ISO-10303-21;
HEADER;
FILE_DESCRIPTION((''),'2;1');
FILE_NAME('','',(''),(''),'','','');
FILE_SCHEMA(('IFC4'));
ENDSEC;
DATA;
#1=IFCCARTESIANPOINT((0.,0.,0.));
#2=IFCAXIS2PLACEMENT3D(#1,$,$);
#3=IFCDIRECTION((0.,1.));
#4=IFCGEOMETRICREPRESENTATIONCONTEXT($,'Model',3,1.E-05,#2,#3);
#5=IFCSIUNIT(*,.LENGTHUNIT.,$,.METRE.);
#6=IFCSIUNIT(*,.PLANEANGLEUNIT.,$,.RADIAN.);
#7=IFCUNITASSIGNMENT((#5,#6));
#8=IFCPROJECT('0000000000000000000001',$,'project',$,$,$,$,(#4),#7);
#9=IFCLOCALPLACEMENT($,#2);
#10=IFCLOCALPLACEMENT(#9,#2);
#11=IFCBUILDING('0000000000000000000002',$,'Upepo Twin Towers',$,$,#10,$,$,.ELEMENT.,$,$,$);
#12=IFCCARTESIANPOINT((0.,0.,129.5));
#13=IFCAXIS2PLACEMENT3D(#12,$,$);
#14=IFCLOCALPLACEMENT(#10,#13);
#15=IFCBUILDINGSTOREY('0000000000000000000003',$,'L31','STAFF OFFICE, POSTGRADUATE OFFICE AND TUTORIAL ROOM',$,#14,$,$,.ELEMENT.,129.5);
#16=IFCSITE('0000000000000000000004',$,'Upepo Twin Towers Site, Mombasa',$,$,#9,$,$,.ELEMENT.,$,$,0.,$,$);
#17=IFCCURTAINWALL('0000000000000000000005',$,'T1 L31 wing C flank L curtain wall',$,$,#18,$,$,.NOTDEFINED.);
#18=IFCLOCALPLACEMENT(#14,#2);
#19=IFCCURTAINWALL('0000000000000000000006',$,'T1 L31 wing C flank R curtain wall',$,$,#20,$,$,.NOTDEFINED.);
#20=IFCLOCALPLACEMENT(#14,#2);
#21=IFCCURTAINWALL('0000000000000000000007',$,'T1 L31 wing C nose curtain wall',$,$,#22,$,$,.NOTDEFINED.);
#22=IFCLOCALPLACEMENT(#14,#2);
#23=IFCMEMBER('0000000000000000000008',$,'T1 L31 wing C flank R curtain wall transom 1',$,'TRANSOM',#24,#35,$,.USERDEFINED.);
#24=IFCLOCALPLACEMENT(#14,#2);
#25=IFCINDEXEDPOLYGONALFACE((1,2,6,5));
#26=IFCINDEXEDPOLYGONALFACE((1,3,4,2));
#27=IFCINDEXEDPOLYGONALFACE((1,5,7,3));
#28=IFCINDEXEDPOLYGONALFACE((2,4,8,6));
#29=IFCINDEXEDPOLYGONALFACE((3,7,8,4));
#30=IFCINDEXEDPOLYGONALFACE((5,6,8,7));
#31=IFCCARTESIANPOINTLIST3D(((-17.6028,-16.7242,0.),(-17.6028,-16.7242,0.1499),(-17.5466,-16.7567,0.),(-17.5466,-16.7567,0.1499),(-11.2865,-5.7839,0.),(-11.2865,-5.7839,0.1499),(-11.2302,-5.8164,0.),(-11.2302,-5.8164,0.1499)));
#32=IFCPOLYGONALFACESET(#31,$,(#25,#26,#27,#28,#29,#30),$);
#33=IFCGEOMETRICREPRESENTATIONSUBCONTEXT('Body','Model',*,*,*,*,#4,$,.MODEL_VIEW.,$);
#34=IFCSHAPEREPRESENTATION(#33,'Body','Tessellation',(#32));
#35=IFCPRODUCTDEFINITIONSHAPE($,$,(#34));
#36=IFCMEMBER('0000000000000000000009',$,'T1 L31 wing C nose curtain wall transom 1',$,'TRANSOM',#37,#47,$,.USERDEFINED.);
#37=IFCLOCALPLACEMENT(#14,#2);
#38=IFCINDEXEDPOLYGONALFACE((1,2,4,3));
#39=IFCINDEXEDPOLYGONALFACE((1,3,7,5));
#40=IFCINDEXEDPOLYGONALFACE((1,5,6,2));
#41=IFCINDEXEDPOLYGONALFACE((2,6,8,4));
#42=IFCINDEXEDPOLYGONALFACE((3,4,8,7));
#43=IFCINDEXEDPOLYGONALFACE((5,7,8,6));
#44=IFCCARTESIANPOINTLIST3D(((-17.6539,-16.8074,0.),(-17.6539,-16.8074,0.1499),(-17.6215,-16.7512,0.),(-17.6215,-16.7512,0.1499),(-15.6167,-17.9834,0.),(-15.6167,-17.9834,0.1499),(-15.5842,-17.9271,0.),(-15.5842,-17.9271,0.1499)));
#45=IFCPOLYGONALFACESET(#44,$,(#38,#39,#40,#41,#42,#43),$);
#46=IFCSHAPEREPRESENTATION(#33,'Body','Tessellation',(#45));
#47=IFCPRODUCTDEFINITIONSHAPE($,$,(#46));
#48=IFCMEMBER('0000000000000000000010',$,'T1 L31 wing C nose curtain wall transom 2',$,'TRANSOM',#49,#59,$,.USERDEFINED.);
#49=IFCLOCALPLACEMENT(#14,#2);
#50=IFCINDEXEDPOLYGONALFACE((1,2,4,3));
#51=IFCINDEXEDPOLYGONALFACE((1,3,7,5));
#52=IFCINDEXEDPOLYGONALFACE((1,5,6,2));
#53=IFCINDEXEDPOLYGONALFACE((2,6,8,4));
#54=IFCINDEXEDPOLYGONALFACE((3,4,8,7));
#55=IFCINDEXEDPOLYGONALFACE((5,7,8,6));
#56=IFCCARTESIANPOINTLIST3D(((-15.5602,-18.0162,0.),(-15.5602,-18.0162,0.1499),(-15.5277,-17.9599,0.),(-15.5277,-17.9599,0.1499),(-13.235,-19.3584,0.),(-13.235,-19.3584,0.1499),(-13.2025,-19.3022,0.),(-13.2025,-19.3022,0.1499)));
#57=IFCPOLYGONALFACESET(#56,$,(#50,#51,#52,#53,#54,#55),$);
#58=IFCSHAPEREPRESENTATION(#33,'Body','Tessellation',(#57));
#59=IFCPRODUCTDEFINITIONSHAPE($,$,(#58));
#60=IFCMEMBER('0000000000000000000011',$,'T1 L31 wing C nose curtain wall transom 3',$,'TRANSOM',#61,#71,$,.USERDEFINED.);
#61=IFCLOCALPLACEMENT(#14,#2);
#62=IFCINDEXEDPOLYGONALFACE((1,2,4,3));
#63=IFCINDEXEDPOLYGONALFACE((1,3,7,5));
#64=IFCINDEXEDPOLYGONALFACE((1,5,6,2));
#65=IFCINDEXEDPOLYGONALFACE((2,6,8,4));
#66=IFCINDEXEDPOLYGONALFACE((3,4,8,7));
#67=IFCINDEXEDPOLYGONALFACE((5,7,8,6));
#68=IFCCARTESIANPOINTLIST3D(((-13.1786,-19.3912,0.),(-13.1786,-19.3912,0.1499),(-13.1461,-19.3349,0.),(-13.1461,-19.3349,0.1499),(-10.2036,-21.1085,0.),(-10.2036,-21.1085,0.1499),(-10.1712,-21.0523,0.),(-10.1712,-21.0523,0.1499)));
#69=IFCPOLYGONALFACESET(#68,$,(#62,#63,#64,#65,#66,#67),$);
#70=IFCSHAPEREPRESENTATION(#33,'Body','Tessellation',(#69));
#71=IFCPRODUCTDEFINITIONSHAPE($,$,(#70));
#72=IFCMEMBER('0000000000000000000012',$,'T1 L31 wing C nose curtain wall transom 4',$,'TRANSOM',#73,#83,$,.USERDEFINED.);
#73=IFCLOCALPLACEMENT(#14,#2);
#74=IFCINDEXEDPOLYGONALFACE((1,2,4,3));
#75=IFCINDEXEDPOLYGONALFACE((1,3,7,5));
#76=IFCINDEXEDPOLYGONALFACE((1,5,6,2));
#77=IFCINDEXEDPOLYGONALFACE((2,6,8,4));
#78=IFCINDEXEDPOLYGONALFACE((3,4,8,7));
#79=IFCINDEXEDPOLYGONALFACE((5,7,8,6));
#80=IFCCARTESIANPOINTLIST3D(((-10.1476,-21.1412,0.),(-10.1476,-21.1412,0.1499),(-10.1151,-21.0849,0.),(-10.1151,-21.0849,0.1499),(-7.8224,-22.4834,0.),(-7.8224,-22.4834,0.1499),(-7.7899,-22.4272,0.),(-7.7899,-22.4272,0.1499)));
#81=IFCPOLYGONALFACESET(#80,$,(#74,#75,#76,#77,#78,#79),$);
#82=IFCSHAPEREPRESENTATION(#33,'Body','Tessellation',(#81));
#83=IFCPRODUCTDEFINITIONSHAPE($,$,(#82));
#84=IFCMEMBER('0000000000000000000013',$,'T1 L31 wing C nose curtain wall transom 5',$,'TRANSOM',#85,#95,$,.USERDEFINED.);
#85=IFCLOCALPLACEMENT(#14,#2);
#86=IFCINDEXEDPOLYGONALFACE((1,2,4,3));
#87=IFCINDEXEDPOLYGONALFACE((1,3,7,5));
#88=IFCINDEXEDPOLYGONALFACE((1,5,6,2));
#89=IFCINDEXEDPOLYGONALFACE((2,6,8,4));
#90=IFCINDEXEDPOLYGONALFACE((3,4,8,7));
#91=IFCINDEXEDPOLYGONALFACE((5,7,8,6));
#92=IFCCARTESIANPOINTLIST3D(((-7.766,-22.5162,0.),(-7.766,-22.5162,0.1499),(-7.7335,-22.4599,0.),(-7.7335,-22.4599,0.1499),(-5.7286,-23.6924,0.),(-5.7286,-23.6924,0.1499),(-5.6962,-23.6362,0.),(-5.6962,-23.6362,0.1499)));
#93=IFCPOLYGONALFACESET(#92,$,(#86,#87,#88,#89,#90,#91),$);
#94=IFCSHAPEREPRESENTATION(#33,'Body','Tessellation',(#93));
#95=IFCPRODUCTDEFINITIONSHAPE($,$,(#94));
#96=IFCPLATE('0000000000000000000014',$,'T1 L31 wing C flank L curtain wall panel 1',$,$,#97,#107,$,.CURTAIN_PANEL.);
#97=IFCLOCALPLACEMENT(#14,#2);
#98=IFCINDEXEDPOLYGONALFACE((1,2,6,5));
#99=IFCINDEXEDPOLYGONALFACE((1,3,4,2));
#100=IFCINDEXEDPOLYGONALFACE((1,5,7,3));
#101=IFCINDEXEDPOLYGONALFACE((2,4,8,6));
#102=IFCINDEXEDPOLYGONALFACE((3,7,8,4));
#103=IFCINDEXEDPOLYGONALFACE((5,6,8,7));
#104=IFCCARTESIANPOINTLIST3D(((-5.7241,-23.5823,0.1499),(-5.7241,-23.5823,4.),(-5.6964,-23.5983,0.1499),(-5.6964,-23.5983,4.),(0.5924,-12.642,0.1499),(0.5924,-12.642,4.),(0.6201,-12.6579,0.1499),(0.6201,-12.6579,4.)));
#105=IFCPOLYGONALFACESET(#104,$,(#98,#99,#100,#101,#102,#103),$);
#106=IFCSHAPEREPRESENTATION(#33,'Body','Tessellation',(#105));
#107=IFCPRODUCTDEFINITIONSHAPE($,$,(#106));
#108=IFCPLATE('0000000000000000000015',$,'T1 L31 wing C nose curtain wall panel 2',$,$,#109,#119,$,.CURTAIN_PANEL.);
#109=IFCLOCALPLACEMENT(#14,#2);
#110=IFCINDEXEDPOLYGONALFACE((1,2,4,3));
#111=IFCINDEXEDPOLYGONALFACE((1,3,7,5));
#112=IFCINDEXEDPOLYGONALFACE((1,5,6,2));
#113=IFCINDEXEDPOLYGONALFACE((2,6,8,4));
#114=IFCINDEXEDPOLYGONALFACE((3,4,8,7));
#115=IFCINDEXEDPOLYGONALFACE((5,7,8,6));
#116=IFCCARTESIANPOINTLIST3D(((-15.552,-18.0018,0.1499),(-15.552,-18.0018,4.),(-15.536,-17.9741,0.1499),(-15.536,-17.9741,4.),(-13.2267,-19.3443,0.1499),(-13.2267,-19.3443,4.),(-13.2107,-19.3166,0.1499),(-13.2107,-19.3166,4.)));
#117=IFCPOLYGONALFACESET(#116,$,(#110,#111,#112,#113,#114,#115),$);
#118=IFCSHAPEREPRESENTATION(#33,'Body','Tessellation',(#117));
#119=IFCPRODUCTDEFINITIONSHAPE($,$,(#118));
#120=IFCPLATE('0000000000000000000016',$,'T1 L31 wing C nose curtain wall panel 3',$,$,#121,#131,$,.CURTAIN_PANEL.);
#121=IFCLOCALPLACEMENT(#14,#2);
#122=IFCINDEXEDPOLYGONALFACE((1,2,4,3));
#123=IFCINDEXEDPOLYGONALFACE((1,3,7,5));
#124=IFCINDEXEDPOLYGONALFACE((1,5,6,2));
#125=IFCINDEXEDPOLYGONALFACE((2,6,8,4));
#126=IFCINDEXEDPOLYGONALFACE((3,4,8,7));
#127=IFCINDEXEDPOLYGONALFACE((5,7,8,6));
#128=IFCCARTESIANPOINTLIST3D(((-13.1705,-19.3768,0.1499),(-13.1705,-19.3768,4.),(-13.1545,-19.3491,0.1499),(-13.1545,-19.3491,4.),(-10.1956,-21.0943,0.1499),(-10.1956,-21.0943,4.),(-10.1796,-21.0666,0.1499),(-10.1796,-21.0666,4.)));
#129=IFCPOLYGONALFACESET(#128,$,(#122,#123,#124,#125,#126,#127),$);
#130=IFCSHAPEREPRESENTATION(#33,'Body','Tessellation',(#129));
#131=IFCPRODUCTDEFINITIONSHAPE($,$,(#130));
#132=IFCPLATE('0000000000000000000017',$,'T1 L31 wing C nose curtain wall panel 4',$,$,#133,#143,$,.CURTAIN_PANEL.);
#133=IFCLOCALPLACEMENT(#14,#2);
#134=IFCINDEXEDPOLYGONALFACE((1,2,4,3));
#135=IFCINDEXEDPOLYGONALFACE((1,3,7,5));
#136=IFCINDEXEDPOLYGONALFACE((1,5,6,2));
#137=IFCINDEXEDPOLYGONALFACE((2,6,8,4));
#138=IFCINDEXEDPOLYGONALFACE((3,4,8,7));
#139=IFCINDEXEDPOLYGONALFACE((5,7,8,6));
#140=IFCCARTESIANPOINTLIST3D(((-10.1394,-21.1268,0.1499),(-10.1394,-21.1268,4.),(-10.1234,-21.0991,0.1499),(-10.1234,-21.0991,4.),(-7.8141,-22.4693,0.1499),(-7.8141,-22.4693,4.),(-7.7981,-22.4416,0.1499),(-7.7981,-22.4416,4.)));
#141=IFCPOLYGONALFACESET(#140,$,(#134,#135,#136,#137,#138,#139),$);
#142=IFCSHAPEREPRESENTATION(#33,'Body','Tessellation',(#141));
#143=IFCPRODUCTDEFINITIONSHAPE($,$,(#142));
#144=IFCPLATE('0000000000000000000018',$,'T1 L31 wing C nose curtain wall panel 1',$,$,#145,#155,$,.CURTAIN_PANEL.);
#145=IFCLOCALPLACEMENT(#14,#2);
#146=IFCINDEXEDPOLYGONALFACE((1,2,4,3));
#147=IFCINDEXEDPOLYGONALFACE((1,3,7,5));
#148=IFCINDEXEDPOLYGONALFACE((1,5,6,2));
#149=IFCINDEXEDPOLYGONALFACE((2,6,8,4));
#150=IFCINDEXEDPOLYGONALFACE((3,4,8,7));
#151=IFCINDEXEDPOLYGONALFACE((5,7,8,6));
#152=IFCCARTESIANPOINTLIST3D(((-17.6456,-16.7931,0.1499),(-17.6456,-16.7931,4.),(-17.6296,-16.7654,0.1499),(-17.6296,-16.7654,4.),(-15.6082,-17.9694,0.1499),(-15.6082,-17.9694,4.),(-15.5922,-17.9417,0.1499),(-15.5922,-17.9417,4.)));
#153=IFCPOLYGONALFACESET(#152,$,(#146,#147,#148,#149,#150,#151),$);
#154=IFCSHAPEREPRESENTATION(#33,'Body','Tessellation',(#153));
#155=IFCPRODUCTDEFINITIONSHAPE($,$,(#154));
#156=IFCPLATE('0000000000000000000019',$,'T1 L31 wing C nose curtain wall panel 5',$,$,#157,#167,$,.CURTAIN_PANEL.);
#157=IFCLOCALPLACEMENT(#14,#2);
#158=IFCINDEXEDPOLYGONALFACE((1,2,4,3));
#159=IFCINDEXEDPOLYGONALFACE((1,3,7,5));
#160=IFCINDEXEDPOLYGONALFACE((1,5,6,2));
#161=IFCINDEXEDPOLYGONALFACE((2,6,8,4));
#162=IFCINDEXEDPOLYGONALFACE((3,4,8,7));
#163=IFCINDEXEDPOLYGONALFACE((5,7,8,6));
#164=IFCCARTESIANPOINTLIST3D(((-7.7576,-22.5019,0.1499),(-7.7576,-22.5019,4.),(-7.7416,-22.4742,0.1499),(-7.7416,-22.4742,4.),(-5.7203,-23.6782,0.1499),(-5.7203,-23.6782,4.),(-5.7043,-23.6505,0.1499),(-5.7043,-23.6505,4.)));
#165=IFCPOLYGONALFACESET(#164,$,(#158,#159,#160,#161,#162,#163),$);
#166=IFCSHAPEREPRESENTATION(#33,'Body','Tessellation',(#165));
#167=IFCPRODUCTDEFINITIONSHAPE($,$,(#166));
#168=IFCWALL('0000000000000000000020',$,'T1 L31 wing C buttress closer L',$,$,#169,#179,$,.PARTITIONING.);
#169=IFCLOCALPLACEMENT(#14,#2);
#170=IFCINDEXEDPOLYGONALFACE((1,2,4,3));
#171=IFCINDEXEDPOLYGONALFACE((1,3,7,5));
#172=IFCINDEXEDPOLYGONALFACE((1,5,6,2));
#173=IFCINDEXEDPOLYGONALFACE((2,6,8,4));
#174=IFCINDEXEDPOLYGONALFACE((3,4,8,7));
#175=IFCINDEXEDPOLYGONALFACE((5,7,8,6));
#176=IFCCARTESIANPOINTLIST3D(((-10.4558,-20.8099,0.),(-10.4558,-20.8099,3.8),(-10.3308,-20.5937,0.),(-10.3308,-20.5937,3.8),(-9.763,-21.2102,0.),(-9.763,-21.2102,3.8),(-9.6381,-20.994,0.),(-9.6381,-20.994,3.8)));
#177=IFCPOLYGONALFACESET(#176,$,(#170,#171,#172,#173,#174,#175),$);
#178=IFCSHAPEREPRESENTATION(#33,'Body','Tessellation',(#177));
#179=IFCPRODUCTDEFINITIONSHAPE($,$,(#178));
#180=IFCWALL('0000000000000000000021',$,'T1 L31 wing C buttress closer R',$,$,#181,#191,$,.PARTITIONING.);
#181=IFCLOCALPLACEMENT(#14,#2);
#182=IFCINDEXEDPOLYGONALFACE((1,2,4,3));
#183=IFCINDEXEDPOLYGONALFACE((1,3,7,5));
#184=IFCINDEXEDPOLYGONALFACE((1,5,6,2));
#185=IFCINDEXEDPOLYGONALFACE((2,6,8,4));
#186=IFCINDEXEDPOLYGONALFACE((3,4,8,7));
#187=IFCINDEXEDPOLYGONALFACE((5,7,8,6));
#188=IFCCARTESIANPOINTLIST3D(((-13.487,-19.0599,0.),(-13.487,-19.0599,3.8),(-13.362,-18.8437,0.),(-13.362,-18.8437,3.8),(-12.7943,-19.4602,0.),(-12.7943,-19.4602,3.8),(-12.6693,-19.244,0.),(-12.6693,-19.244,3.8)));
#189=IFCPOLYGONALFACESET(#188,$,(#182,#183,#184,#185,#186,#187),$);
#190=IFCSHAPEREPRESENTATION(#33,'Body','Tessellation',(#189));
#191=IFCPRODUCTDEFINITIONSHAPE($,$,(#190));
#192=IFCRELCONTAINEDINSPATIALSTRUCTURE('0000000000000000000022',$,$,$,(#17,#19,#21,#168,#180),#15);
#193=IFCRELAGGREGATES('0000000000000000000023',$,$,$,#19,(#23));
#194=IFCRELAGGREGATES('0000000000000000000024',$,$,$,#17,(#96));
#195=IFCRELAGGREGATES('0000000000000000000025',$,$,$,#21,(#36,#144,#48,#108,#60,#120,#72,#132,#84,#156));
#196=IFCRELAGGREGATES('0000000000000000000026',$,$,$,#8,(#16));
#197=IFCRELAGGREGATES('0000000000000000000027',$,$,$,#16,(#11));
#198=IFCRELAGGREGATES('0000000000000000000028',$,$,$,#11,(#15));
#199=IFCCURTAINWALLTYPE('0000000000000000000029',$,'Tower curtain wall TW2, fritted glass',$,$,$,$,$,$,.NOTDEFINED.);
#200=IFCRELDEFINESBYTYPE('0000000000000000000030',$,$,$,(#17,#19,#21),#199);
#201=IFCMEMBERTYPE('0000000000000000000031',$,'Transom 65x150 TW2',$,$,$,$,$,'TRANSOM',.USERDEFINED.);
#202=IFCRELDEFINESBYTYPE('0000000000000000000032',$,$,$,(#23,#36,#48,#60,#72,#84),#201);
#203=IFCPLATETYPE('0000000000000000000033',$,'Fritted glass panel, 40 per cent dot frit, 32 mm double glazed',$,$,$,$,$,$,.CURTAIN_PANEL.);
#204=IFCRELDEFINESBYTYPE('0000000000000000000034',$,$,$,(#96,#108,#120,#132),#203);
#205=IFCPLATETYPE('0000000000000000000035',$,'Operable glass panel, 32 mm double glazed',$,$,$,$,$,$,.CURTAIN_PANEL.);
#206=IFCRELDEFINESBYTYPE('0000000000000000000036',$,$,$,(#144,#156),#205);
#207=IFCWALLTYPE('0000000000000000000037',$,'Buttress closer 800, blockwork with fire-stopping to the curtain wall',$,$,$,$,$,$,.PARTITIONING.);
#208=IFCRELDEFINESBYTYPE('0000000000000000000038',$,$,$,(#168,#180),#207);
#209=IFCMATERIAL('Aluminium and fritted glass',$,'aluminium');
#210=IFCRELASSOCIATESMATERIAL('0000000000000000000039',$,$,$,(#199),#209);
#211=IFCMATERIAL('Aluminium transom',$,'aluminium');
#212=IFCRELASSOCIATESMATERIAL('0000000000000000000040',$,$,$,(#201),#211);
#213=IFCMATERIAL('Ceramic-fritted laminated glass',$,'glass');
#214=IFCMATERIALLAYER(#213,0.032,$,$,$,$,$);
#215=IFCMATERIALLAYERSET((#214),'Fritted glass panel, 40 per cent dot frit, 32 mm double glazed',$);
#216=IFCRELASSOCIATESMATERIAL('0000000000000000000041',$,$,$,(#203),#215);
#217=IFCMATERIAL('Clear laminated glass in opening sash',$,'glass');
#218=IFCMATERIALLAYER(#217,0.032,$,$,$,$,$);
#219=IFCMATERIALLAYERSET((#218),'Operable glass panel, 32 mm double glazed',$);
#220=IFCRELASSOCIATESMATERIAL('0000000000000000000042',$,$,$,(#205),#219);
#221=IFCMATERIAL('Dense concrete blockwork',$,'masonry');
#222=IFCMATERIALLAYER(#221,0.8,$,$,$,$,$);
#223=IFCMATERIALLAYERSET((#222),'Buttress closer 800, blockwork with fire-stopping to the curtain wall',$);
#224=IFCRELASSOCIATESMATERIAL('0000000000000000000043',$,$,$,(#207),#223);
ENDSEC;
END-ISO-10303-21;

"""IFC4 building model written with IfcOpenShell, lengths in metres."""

from ifc_helpers import new_model, si_unit, direction, frame, frame_2d, origin, origin_2d, place, context, subcontext, project, spatial, rectangle, extrude, material, layer, layer_set, material_profile, profile_set, type_object, element, aggregate, save


model = new_model("IFC4")

# Units and contexts
model_context = context("Model", 3, precision=1e-05, world=origin(), true_north=direction((0.0, 1.0)))
body_context = subcontext(model_context, "Body", "Model", "MODEL_VIEW")
ifc_project = project(units=[si_unit("LENGTHUNIT", "METRE"), si_unit("PLANEANGLEUNIT", "RADIAN")], contexts=[model_context])

# Site, building, storey
site_placement = place(None, origin())
site = spatial("IfcSite", under=ifc_project, at=site_placement, Name="Upepo Twin Towers Site, Mombasa", CompositionType="ELEMENT", RefElevation=0.0)
building_placement = place(site_placement, origin())
building = spatial("IfcBuilding", under=site, at=building_placement, Name="Upepo Twin Towers", CompositionType="ELEMENT")
storey_placement = place(building_placement, frame((0.0, 0.0, 129.5)))
storey = spatial("IfcBuildingStorey", under=building, at=storey_placement, Name="L31", Description="STAFF OFFICE, POSTGRADUATE OFFICE AND TUTORIAL ROOM", CompositionType="ELEMENT", Elevation=129.5)

# Curtain walls
ifc_material_1 = material(Name="Aluminium and fritted glass", Category="aluminium")
curtain_wall_type = type_object("IfcCurtainWallType", Name="Tower curtain wall TW2, fritted glass", PredefinedType="NOTDEFINED", material=ifc_material_1)
curtain_wall_1_placement = place(storey_placement, origin())
curtain_wall_1 = element("IfcCurtainWall", 1, at=curtain_wall_1_placement, inside=storey, type_object=curtain_wall_type, Name="T1 L31 wing C flank L curtain wall", PredefinedType="NOTDEFINED")
curtain_wall_2_placement = place(storey_placement, origin())
curtain_wall_2 = element("IfcCurtainWall", 2, at=curtain_wall_2_placement, inside=storey, type_object=curtain_wall_type, Name="T1 L31 wing C flank R curtain wall", PredefinedType="NOTDEFINED")

# Curtain wall
curtain_wall_3_placement = place(storey_placement, origin())
curtain_wall_3 = element("IfcCurtainWall", 3, at=curtain_wall_3_placement, inside=storey, type_object=curtain_wall_type, Name="T1 L31 wing C nose curtain wall", PredefinedType="NOTDEFINED")

# Members
ifc_material_2 = material(Name="Aluminium transom", Category="aluminium")
ifc_material_profile_1 = material_profile(ifc_material_2, rectangle(XDim=0.0649, YDim=0.1499, at=origin_2d()), Name="TRANSOM 65x150")
ifc_profile_set_1 = profile_set([ifc_material_profile_1], Name="Aluminium transom")
member_type_1 = type_object("IfcMemberType", Name="Transom 65x150 TW2", ElementType="TRANSOM", PredefinedType="USERDEFINED", material=ifc_profile_set_1)
member_1_placement = place(storey_placement, frame((-17.5747, -16.7405, 0.075), z_axis=(0.499997, 0.866027, 0.0), x_axis=(-0.866027, 0.499997, 0.0)))
member_1 = element("IfcMember", 4, at=member_1_placement, type_object=member_type_1, Name="T1 L31 wing C flank R curtain wall transom 1", ObjectType="TRANSOM", PredefinedType="USERDEFINED", context=body_context, shape_type="SweptSolid", body=[
    extrude(rectangle(XDim=0.0649, YDim=0.1499, at=origin_2d()), origin(), (0.0, 0.0, 1.0), 12.6328),
])
aggregate(curtain_wall_2, [member_1])
member_2_placement = place(storey_placement, frame((-17.6377, -16.7793, 0.075), z_axis=(0.86607, -0.499923, 0.0), x_axis=(0.499923, 0.86607, 0.0)))
member_2 = element("IfcMember", 5, at=member_2_placement, type_object=member_type_1, Name="T1 L31 wing C nose curtain wall transom 1", ObjectType="TRANSOM", PredefinedType="USERDEFINED", context=body_context, shape_type="SweptSolid", body=[
    extrude(rectangle(XDim=0.0649, YDim=0.1499, at=origin_2d()), origin(), (0.0, 0.0, 1.0), 2.3523),
])
member_3_placement = place(storey_placement, frame((-15.5439, -17.988, 0.075), z_axis=(0.866052, -0.499953, 0.0), x_axis=(0.499953, 0.866052, 0.0)))
member_3 = element("IfcMember", 6, at=member_3_placement, type_object=member_type_1, Name="T1 L31 wing C nose curtain wall transom 2", ObjectType="TRANSOM", PredefinedType="USERDEFINED", context=body_context, shape_type="SweptSolid", body=[
    extrude(rectangle(XDim=0.0649, YDim=0.1499, at=origin_2d()), origin(), (0.0, 0.0, 1.0), 2.6848),
])
member_4_placement = place(storey_placement, frame((-13.1624, -19.363, 0.075), z_axis=(0.866057, -0.499946, 0.0), x_axis=(0.499946, 0.866057, 0.0)))
member_4 = element("IfcMember", 7, at=member_4_placement, type_object=member_type_1, Name="T1 L31 wing C nose curtain wall transom 3", ObjectType="TRANSOM", PredefinedType="USERDEFINED", context=body_context, shape_type="SweptSolid", body=[
    extrude(rectangle(XDim=0.0649, YDim=0.1499, at=origin_2d()), origin(), (0.0, 0.0, 1.0), 3.4351),
])
member_5_placement = place(storey_placement, frame((-10.1313, -21.113, 0.075), z_axis=(0.866052, -0.499953, 0.0), x_axis=(0.499953, 0.866052, 0.0)))
member_5 = element("IfcMember", 8, at=member_5_placement, type_object=member_type_1, Name="T1 L31 wing C nose curtain wall transom 4", ObjectType="TRANSOM", PredefinedType="USERDEFINED", context=body_context, shape_type="SweptSolid", body=[
    extrude(rectangle(XDim=0.0649, YDim=0.1499, at=origin_2d()), origin(), (0.0, 0.0, 1.0), 2.6848),
])
member_6_placement = place(storey_placement, frame((-7.7498, -22.488, 0.075), z_axis=(0.866025, -0.500001, 0.0), x_axis=(0.500001, 0.866025, 0.0)))
member_6 = element("IfcMember", 9, at=member_6_placement, type_object=member_type_1, Name="T1 L31 wing C nose curtain wall transom 5", ObjectType="TRANSOM", PredefinedType="USERDEFINED", context=body_context, shape_type="SweptSolid", body=[
    extrude(rectangle(XDim=0.0649, YDim=0.1499, at=origin_2d()), origin(), (0.0, 0.0, 1.0), 2.3525),
])

# Plates
ifc_material_3 = material(Name="Ceramic-fritted laminated glass", Category="glass")
ifc_layer_1 = layer(ifc_material_3, 0.032)
ifc_layer_set_1 = layer_set([ifc_layer_1], Name="Fritted glass panel, 40 per cent dot frit, 32 mm double glazed")
plate_type_1 = type_object("IfcPlateType", Name="Fritted glass panel, 40 per cent dot frit, 32 mm double glazed", PredefinedType="CURTAIN_PANEL", material=ifc_layer_set_1)
plate_1_placement = place(storey_placement, frame((-2.552, -18.1201, 0.1499), z_axis=(0.0, 0.0, 1.0), x_axis=(-0.5, -0.866025, 0.0)))
plate_1 = element("IfcPlate", 10, at=plate_1_placement, type_object=plate_type_1, Name="T1 L31 wing C flank L curtain wall panel 1", PredefinedType="CURTAIN_PANEL", context=body_context, shape_type="SweptSolid", body=[
    extrude(rectangle(XDim=12.6328, YDim=0.032, at=origin_2d()), origin(), (0.0, 0.0, 1.0), 3.8501),
])
aggregate(curtain_wall_1, [plate_1])
plate_2_placement = place(storey_placement, frame((-14.3813, -18.6592, 0.1499), z_axis=(0.0, 0.0, 1.0), x_axis=(0.866025, -0.5, 0.0)))
plate_2 = element("IfcPlate", 11, at=plate_2_placement, type_object=plate_type_1, Name="T1 L31 wing C nose curtain wall panel 2", PredefinedType="CURTAIN_PANEL", context=body_context, shape_type="SweptSolid", body=[
    extrude(rectangle(XDim=2.6851, YDim=0.032, at=origin_2d()), origin(), (0.0, 0.0, 1.0), 3.8501),
])
plate_3_placement = place(storey_placement, frame((-11.675, -20.2217, 0.1499), z_axis=(0.0, 0.0, 1.0), x_axis=(0.866025, -0.5, 0.0)))
plate_3 = element("IfcPlate", 12, at=plate_3_placement, type_object=plate_type_1, Name="T1 L31 wing C nose curtain wall panel 3", PredefinedType="CURTAIN_PANEL", context=body_context, shape_type="SweptSolid", body=[
    extrude(rectangle(XDim=3.4351, YDim=0.032, at=origin_2d()), origin(), (0.0, 0.0, 1.0), 3.8501),
])
plate_4_placement = place(storey_placement, frame((-8.9688, -21.7842, 0.1499), z_axis=(0.0, 0.0, 1.0), x_axis=(0.866025, -0.5, 0.0)))
plate_4 = element("IfcPlate", 13, at=plate_4_placement, type_object=plate_type_1, Name="T1 L31 wing C nose curtain wall panel 4", PredefinedType="CURTAIN_PANEL", context=body_context, shape_type="SweptSolid", body=[
    extrude(rectangle(XDim=2.6851, YDim=0.032, at=origin_2d()), origin(), (0.0, 0.0, 1.0), 3.8501),
])
ifc_material_4 = material(Name="Clear laminated glass in opening sash", Category="glass")
ifc_layer_2 = layer(ifc_material_4, 0.032)
ifc_layer_set_2 = layer_set([ifc_layer_2], Name="Operable glass panel, 32 mm double glazed")
plate_type_2 = type_object("IfcPlateType", Name="Operable glass panel, 32 mm double glazed", PredefinedType="CURTAIN_PANEL", material=ifc_layer_set_2)
plate_5_placement = place(storey_placement, frame((-16.6189, -17.3674, 0.1499), z_axis=(0.0, 0.0, 1.0), x_axis=(0.866025, -0.5, 0.0)))
plate_5 = element("IfcPlate", 14, at=plate_5_placement, type_object=plate_type_2, Name="T1 L31 wing C nose curtain wall panel 1", PredefinedType="CURTAIN_PANEL", context=body_context, shape_type="SweptSolid", body=[
    extrude(rectangle(XDim=2.3525, YDim=0.032, at=origin_2d()), origin(), (0.0, 0.0, 1.0), 3.8501),
])
plate_6_placement = place(storey_placement, frame((-6.731, -23.0762, 0.1499), z_axis=(0.0, 0.0, 1.0), x_axis=(0.866025, -0.5, 0.0)))
plate_6 = element("IfcPlate", 15, at=plate_6_placement, type_object=plate_type_2, Name="T1 L31 wing C nose curtain wall panel 5", PredefinedType="CURTAIN_PANEL", context=body_context, shape_type="SweptSolid", body=[
    extrude(rectangle(XDim=2.3525, YDim=0.032, at=origin_2d()), origin(), (0.0, 0.0, 1.0), 3.8501),
])
aggregate(curtain_wall_3, [member_2, plate_5, member_3, plate_2, member_4, plate_3, member_5, plate_4, member_6, plate_6])

# Walls
ifc_material_5 = material(Name="Dense concrete blockwork", Category="masonry")
ifc_layer_3 = layer(ifc_material_5, 0.8)
ifc_layer_set_3 = layer_set([ifc_layer_3], Name="Buttress closer 800, blockwork with fire-stopping to the curtain wall")
wall_type = type_object("IfcWallType", Name="Buttress closer 800, blockwork with fire-stopping to the curtain wall", PredefinedType="PARTITIONING", material=ifc_layer_set_3)
for number, where, z_axis, x_axis, name in (
    (16, (-9.9844, -20.7937, 0.0), (0.0, 0.0, 1.0), (-0.500343, -0.865827, 0.0), "T1 L31 wing C buttress closer L"),
    (17, (-13.0156, -19.0437, 0.0), (0.0, 0.0, 1.0), (-0.500343, -0.865827, 0.0), "T1 L31 wing C buttress closer R"),
):
    element("IfcWall", number, at=place(storey_placement, frame(where, z_axis=z_axis, x_axis=x_axis)), inside=storey, type_object=wall_type, Name=name, PredefinedType="PARTITIONING", context=body_context, shape_type="SweptSolid", body=[
        extrude(rectangle(XDim=0.2498, YDim=0.8, at=frame_2d((0.125, 0.0))), origin(), (0.0, 0.0, 1.0), 3.8),
    ])

save(model, "model.ifc")
